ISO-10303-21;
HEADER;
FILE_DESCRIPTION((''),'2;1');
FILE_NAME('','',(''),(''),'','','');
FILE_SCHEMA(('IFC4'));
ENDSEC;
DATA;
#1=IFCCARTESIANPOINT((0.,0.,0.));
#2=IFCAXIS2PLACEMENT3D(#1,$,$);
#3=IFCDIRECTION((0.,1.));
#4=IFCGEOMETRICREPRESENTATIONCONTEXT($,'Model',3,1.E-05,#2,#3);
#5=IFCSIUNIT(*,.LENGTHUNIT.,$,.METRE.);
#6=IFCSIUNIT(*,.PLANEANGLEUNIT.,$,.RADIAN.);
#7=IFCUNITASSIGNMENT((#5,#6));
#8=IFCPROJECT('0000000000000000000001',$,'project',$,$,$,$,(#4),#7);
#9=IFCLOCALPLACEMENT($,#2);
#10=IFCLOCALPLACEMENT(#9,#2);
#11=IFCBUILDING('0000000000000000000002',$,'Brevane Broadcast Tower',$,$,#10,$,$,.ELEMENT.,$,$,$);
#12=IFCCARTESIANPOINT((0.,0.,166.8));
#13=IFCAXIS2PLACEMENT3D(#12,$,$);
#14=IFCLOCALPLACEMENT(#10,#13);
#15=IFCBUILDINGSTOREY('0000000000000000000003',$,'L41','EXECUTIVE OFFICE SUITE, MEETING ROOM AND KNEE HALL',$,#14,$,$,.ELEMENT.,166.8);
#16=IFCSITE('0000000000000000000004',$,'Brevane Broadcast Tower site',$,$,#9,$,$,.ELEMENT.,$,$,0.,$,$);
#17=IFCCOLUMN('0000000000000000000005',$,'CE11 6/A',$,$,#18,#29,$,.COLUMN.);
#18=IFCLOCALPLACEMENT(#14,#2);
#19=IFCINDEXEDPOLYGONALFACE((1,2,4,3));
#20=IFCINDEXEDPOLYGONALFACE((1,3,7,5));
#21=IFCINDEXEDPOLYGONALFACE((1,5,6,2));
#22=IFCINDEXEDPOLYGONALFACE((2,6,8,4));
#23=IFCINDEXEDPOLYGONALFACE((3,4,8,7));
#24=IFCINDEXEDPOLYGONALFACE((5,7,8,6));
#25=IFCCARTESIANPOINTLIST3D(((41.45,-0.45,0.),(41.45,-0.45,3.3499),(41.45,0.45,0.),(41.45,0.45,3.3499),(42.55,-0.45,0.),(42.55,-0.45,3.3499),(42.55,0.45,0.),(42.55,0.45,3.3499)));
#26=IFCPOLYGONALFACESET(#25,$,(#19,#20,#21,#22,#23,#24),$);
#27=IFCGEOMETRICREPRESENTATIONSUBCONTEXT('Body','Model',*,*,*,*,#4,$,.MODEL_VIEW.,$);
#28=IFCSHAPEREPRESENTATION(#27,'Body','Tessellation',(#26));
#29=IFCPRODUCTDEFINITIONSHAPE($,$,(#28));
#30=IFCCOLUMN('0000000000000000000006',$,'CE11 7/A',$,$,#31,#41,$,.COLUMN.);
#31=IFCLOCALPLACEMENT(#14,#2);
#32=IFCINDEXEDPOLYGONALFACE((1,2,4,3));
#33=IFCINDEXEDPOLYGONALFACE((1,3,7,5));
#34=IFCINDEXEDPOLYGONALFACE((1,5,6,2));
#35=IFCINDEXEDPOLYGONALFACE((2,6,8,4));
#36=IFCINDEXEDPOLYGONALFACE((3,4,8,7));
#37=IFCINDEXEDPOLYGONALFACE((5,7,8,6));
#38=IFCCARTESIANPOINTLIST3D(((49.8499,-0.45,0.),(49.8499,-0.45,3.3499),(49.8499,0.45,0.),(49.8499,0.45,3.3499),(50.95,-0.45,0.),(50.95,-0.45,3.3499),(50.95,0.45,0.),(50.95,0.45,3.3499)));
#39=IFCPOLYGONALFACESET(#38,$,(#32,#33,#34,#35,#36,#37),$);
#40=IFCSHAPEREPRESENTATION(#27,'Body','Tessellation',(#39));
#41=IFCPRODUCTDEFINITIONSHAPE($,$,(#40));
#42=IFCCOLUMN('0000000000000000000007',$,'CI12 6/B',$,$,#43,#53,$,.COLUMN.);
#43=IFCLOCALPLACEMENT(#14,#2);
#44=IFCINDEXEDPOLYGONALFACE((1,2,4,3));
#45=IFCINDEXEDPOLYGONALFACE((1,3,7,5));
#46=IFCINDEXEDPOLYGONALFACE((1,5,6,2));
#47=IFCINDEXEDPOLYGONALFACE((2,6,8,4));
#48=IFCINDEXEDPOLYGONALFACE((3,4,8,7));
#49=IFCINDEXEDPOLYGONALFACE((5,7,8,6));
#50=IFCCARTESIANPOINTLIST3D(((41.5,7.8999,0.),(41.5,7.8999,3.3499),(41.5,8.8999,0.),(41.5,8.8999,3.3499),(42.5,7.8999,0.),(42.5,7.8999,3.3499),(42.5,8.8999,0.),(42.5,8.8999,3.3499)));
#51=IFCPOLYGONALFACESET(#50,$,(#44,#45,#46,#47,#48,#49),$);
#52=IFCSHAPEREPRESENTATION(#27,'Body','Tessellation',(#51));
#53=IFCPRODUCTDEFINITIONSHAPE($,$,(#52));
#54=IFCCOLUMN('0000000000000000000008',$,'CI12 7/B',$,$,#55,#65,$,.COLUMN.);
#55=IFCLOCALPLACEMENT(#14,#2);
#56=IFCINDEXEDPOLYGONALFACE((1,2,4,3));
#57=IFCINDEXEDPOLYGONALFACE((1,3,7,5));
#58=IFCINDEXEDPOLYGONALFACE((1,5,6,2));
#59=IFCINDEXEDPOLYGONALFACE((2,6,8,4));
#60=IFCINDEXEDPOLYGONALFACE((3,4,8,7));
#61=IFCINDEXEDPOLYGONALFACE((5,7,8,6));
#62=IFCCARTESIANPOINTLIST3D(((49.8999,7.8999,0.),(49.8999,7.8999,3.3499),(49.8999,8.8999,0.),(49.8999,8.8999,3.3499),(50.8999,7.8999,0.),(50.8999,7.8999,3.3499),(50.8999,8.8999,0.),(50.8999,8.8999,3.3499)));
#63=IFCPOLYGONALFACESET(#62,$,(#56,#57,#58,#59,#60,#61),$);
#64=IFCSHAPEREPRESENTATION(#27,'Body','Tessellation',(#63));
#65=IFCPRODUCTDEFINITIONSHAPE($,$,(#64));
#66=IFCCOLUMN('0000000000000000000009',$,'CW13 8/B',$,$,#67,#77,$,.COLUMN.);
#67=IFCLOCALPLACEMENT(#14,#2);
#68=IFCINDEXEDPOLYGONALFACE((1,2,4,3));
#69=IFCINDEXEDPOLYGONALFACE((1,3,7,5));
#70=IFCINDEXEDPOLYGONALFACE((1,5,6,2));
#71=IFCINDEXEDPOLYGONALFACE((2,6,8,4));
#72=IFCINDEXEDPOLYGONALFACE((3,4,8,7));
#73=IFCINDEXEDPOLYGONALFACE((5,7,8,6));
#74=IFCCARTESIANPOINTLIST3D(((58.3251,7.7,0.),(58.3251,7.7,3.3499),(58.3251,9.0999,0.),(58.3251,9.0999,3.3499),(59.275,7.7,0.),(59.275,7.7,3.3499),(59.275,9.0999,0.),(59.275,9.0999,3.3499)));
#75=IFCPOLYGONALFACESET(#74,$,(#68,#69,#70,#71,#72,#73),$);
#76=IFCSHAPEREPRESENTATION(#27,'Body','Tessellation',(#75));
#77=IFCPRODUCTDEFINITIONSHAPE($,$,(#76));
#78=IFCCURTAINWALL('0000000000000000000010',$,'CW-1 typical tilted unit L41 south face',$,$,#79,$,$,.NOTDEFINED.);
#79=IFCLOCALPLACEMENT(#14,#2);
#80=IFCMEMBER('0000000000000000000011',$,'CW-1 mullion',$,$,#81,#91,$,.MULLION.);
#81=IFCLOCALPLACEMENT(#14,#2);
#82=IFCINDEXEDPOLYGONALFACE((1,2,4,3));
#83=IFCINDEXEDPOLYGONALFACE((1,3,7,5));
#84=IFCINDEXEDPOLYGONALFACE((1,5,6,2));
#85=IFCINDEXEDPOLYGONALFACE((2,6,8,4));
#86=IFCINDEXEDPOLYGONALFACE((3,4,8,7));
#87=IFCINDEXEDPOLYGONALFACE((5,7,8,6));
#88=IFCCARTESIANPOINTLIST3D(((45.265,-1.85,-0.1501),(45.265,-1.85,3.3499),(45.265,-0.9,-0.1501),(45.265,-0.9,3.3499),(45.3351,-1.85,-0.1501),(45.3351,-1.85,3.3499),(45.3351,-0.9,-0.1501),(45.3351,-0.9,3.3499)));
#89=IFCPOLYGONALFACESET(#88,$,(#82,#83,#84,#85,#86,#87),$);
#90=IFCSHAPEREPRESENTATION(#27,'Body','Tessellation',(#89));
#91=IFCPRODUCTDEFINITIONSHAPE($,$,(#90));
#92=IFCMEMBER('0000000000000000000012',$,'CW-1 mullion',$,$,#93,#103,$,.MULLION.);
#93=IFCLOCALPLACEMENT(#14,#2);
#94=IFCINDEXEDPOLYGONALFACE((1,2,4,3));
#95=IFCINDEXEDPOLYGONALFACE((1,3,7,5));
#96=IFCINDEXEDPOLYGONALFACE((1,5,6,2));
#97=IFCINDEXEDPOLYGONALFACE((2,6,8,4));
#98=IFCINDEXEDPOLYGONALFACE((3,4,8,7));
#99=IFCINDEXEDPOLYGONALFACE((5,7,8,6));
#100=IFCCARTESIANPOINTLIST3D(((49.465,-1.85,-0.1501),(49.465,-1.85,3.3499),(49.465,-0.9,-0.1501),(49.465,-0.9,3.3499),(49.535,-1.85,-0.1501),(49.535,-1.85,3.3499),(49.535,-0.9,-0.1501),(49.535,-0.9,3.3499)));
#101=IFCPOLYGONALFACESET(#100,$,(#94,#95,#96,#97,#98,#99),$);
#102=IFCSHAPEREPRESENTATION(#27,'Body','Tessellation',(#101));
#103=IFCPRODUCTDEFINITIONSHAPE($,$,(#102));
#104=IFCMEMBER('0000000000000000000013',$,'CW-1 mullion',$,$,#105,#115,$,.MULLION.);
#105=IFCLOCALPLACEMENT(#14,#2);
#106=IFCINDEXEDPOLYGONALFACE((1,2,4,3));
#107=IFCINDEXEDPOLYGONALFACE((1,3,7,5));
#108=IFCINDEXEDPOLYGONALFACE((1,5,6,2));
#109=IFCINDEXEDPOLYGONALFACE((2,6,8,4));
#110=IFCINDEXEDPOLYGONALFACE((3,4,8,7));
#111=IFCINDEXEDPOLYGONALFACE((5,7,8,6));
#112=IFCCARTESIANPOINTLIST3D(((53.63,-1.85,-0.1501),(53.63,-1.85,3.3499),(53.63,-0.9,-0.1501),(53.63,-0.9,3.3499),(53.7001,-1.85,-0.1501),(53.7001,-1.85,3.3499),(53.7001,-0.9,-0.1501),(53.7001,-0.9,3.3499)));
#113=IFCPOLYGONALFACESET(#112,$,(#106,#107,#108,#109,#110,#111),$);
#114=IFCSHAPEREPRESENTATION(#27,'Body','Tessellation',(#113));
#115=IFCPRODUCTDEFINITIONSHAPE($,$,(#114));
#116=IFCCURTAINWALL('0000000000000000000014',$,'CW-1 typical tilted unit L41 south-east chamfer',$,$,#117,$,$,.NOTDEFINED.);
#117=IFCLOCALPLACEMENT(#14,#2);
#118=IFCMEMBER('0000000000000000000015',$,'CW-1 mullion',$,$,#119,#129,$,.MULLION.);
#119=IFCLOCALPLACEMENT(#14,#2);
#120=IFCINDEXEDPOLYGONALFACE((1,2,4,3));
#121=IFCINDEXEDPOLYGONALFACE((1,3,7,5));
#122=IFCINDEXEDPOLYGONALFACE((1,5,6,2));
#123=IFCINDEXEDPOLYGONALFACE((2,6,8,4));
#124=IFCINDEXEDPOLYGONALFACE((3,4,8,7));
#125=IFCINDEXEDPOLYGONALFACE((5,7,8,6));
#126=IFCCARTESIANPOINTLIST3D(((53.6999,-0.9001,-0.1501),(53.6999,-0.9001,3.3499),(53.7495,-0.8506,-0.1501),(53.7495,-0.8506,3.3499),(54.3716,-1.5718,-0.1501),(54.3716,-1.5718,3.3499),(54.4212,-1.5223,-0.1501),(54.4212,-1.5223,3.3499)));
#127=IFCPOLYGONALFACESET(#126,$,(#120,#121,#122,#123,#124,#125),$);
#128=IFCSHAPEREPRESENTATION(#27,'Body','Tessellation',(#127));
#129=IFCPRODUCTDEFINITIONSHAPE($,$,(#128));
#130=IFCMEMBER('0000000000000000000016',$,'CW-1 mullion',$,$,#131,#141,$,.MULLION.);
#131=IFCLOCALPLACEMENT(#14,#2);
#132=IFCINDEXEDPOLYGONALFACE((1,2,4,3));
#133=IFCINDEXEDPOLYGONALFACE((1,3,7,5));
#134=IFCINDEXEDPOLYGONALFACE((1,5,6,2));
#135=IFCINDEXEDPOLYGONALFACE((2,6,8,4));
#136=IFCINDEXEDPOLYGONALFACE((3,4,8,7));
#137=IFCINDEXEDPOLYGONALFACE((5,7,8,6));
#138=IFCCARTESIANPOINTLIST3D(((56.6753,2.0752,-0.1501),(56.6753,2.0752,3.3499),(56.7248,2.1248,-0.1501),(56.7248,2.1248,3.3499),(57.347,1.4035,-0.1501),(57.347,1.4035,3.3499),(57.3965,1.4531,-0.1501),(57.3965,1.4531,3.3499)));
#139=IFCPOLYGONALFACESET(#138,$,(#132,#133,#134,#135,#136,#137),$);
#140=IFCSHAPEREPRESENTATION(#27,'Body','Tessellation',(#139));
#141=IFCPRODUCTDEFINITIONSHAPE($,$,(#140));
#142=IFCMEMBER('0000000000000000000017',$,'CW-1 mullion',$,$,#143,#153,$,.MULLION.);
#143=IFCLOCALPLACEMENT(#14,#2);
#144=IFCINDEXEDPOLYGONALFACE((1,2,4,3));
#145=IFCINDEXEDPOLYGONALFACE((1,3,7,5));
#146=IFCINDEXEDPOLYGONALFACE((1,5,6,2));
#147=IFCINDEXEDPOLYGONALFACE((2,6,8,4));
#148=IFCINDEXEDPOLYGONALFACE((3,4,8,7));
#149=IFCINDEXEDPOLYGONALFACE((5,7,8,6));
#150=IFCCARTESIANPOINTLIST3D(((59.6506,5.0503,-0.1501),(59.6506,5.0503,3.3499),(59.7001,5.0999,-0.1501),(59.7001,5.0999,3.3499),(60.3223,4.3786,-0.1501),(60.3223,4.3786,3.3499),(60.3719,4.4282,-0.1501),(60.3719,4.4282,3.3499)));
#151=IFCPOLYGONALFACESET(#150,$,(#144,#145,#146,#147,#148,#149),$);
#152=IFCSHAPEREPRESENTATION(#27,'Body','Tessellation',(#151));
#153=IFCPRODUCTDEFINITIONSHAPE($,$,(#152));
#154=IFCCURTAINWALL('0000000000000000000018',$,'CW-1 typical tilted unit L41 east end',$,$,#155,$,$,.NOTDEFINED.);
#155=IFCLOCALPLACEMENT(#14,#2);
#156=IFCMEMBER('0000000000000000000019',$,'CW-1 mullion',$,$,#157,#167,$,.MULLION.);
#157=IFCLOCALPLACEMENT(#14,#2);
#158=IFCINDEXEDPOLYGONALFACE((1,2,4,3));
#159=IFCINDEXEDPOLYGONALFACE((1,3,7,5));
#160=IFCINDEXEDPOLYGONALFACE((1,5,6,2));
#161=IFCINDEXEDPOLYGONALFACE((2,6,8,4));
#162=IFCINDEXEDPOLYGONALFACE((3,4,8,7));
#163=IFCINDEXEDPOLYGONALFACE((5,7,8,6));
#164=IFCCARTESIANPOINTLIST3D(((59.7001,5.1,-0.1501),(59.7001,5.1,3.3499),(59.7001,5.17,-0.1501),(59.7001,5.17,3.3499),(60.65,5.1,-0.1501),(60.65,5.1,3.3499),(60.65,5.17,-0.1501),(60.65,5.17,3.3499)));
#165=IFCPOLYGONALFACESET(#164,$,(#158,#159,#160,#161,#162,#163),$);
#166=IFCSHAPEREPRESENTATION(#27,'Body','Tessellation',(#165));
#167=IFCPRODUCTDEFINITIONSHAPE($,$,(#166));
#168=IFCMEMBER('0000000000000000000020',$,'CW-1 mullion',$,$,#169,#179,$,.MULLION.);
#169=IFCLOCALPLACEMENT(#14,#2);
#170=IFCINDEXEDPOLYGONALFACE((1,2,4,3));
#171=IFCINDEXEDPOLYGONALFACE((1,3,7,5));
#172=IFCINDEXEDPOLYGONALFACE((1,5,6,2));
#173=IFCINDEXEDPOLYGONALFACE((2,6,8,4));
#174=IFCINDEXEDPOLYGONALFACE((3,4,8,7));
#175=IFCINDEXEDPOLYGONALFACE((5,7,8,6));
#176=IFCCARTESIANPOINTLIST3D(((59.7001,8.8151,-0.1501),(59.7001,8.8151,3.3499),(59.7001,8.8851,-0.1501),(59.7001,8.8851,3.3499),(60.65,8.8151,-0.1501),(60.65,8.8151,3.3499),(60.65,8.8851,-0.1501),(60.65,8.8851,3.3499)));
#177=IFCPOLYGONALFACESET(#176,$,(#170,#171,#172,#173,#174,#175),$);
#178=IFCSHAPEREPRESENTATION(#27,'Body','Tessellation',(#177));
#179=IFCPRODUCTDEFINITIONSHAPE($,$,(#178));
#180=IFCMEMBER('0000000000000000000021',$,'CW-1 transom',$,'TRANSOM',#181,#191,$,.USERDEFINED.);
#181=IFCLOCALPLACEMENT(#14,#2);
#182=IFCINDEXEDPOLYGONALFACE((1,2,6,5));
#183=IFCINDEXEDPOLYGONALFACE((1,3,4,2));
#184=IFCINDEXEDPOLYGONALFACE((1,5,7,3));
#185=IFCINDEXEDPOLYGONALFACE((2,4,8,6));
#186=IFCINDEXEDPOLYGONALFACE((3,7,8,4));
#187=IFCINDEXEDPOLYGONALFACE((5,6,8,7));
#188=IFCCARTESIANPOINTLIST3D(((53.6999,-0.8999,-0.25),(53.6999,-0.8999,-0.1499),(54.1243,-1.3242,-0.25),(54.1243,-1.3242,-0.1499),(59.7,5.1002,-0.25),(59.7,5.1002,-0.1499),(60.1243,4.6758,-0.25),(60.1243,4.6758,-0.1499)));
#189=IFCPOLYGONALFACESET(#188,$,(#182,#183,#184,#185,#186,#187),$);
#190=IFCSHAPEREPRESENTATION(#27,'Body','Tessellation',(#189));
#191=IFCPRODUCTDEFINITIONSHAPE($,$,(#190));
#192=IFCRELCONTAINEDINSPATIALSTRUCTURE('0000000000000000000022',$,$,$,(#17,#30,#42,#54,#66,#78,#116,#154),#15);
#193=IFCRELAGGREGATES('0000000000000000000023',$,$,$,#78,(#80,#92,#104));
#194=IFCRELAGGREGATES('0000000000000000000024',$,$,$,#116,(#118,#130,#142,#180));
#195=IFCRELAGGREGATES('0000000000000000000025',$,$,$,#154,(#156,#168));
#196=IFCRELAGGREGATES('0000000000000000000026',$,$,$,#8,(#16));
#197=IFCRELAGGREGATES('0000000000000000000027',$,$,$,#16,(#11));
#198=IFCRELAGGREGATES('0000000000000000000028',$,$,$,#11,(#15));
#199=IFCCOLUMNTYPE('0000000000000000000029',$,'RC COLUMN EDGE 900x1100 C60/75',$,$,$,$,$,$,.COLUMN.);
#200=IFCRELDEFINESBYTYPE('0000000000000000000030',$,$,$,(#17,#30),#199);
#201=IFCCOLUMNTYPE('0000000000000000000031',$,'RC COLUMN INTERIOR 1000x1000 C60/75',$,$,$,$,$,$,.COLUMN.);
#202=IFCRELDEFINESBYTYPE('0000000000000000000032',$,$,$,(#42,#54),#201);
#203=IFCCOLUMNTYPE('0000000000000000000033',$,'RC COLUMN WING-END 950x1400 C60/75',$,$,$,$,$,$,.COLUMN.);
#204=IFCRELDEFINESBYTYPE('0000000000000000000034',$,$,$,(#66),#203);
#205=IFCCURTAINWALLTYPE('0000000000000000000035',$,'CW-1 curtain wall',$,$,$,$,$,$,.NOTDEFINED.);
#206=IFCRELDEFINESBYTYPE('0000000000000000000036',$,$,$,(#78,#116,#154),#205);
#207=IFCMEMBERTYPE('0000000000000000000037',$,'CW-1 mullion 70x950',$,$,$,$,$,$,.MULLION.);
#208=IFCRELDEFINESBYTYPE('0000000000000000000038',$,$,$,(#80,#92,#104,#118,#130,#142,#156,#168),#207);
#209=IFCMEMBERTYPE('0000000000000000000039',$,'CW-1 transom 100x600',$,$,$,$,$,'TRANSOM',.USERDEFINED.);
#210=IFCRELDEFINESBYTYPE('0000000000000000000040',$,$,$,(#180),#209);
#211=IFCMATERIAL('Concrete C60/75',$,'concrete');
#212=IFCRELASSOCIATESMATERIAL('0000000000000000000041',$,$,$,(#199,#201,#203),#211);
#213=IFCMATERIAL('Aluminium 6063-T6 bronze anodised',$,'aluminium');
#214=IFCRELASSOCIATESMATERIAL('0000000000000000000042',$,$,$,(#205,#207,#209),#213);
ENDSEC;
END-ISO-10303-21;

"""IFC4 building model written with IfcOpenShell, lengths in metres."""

from ifc_helpers import new_model, si_unit, direction, frame, origin, origin_2d, place, context, subcontext, project, spatial, rectangle, extrude, material, material_profile, profile_set, type_object, element, aggregate, save


model = new_model("IFC4")

# Units and contexts
model_context = context("Model", 3, precision=1e-05, world=origin(), true_north=direction((0.0, 1.0)))
body_context = subcontext(model_context, "Body", "Model", "MODEL_VIEW")
ifc_project = project(units=[si_unit("LENGTHUNIT", "METRE"), si_unit("PLANEANGLEUNIT", "RADIAN")], contexts=[model_context])

# Site, building, storey
site_placement = place(None, origin())
site = spatial("IfcSite", under=ifc_project, at=site_placement, Name="Brevane Broadcast Tower site", CompositionType="ELEMENT", RefElevation=0.0)
building_placement = place(site_placement, origin())
building = spatial("IfcBuilding", under=site, at=building_placement, Name="Brevane Broadcast Tower", CompositionType="ELEMENT")
storey_placement = place(building_placement, frame((0.0, 0.0, 166.8)))
storey = spatial("IfcBuildingStorey", under=building, at=storey_placement, Name="L41", Description="EXECUTIVE OFFICE SUITE, MEETING ROOM AND KNEE HALL", CompositionType="ELEMENT", Elevation=166.8)

# Columns
ifc_material_1 = material(Name="Concrete C60/75", Category="concrete")
ifc_material_profile_1 = material_profile(ifc_material_1, rectangle(XDim=0.8999, YDim=1.1001, at=origin_2d()), Name="RC 900x1100")
ifc_profile_set_1 = profile_set([ifc_material_profile_1], Name="Concrete C60/75")
column_type_1 = type_object("IfcColumnType", Name="RC COLUMN EDGE 900x1100 C60/75", PredefinedType="COLUMN", material=ifc_profile_set_1)
for number, where, z_axis, x_axis, name in (
    (1, (42.0, 0.0, 0.0), (0.0, 0.0, 1.0), (0.0, 1.0, 0.0), "CE11 6/A"),
    (2, (50.3999, 0.0, 0.0), (0.0, 0.0, 1.0), (0.0, 1.0, 0.0), "CE11 7/A"),
):
    element("IfcColumn", number, at=place(storey_placement, frame(where, z_axis=z_axis, x_axis=x_axis)), inside=storey, type_object=column_type_1, Name=name, PredefinedType="COLUMN", context=body_context, shape_type="SweptSolid", body=[
        extrude(rectangle(XDim=0.8999, YDim=1.1001, at=origin_2d()), origin(), (0.0, 0.0, 1.0), 3.3499),
    ])
ifc_material_profile_2 = material_profile(ifc_material_1, rectangle(XDim=1.0, YDim=1.0, at=origin_2d()), Name="RC 1000x1000")
ifc_profile_set_2 = profile_set([ifc_material_profile_2], Name="Concrete C60/75")
column_type_2 = type_object("IfcColumnType", Name="RC COLUMN INTERIOR 1000x1000 C60/75", PredefinedType="COLUMN", material=ifc_profile_set_2)
for number, where, z_axis, x_axis, name in (
    (3, (42.0, 8.3999, 0.0), (0.0, 0.0, 1.0), (1.0, 0.0, 0.0), "CI12 6/B"),
    (4, (50.3999, 8.3999, 0.0), (0.0, 0.0, 1.0), (1.0, 0.0, 0.0), "CI12 7/B"),
):
    element("IfcColumn", number, at=place(storey_placement, frame(where, z_axis=z_axis, x_axis=x_axis)), inside=storey, type_object=column_type_2, Name=name, PredefinedType="COLUMN", context=body_context, shape_type="SweptSolid", body=[
        extrude(rectangle(XDim=1.0, YDim=1.0, at=origin_2d()), origin(), (0.0, 0.0, 1.0), 3.3499),
    ])
ifc_material_profile_3 = material_profile(ifc_material_1, rectangle(XDim=0.95, YDim=1.3999, at=origin_2d()), Name="RC 950x1400")
ifc_profile_set_3 = profile_set([ifc_material_profile_3], Name="Concrete C60/75")
column_type_3 = type_object("IfcColumnType", Name="RC COLUMN WING-END 950x1400 C60/75", PredefinedType="COLUMN", material=ifc_profile_set_3)
column_placement = place(storey_placement, frame((58.8, 8.3999, 0.0), z_axis=(0.0, 0.0, 1.0), x_axis=(1.0, 0.0, 0.0)))
element("IfcColumn", 5, at=column_placement, inside=storey, type_object=column_type_3, Name="CW13 8/B", PredefinedType="COLUMN", context=body_context, shape_type="SweptSolid", body=[
    extrude(rectangle(XDim=0.95, YDim=1.3999, at=origin_2d()), origin(), (0.0, 0.0, 1.0), 3.3499),
])

# Curtain walls, members
ifc_material_2 = material(Name="Aluminium 6063-T6 bronze anodised", Category="aluminium")
curtain_wall_type = type_object("IfcCurtainWallType", Name="CW-1 curtain wall", PredefinedType="NOTDEFINED", material=ifc_material_2)
curtain_wall_1_placement = place(storey_placement, origin())
curtain_wall_1 = element("IfcCurtainWall", 6, at=curtain_wall_1_placement, inside=storey, type_object=curtain_wall_type, Name="CW-1 typical tilted unit L41 south face", PredefinedType="NOTDEFINED")
ifc_material_profile_4 = material_profile(ifc_material_2, rectangle(XDim=0.95, YDim=0.0701, at=origin_2d()), Name="RECT 70x950")
ifc_profile_set_4 = profile_set([ifc_material_profile_4], Name="Aluminium 6063-T6 bronze anodised")
member_type_1 = type_object("IfcMemberType", Name="CW-1 mullion 70x950", PredefinedType="MULLION", material=ifc_profile_set_4)
member_1_placement = place(storey_placement, frame((45.3, -1.375, -0.1501), z_axis=(0.0, 0.0, 1.0), x_axis=(0.0, 1.0, 0.0)))
member_1 = element("IfcMember", 7, at=member_1_placement, type_object=member_type_1, Name="CW-1 mullion", PredefinedType="MULLION", context=body_context, shape_type="SweptSolid", body=[
    extrude(rectangle(XDim=0.95, YDim=0.0701, at=origin_2d()), origin(), (0.0, 0.0, 1.0), 3.5),
])
member_2_placement = place(storey_placement, frame((49.5, -1.375, -0.1501), z_axis=(0.0, 0.0, 1.0), x_axis=(0.0, 1.0, 0.0)))
member_2 = element("IfcMember", 8, at=member_2_placement, type_object=member_type_1, Name="CW-1 mullion", PredefinedType="MULLION", context=body_context, shape_type="SweptSolid", body=[
    extrude(rectangle(XDim=0.95, YDim=0.0701, at=origin_2d()), origin(), (0.0, 0.0, 1.0), 3.5),
])
member_3_placement = place(storey_placement, frame((53.665, -1.375, -0.1501), z_axis=(0.0, 0.0, 1.0), x_axis=(0.0, 1.0, 0.0)))
member_3 = element("IfcMember", 9, at=member_3_placement, type_object=member_type_1, Name="CW-1 mullion", PredefinedType="MULLION", context=body_context, shape_type="SweptSolid", body=[
    extrude(rectangle(XDim=0.95, YDim=0.0701, at=origin_2d()), origin(), (0.0, 0.0, 1.0), 3.5),
])
aggregate(curtain_wall_1, [member_1, member_2, member_3])
curtain_wall_2_placement = place(storey_placement, origin())
curtain_wall_2 = element("IfcCurtainWall", 10, at=curtain_wall_2_placement, inside=storey, type_object=curtain_wall_type, Name="CW-1 typical tilted unit L41 south-east chamfer", PredefinedType="NOTDEFINED")
member_4_placement = place(storey_placement, frame((54.0605, -1.2112, -0.1501), z_axis=(0.0, 0.0, 1.0), x_axis=(-0.707107, 0.707107, 0.0)))
member_4 = element("IfcMember", 11, at=member_4_placement, type_object=member_type_1, Name="CW-1 mullion", PredefinedType="MULLION", context=body_context, shape_type="SweptSolid", body=[
    extrude(rectangle(XDim=0.95, YDim=0.0701, at=origin_2d()), origin(), (0.0, 0.0, 1.0), 3.5),
])
member_5_placement = place(storey_placement, frame((57.0359, 1.7642, -0.1501), z_axis=(0.0, 0.0, 1.0), x_axis=(-0.707107, 0.707107, 0.0)))
member_5 = element("IfcMember", 12, at=member_5_placement, type_object=member_type_1, Name="CW-1 mullion", PredefinedType="MULLION", context=body_context, shape_type="SweptSolid", body=[
    extrude(rectangle(XDim=0.95, YDim=0.0701, at=origin_2d()), origin(), (0.0, 0.0, 1.0), 3.5),
])
member_6_placement = place(storey_placement, frame((60.0112, 4.7393, -0.1501), z_axis=(0.0, 0.0, 1.0), x_axis=(-0.707107, 0.707107, 0.0)))
member_6 = element("IfcMember", 13, at=member_6_placement, type_object=member_type_1, Name="CW-1 mullion", PredefinedType="MULLION", context=body_context, shape_type="SweptSolid", body=[
    extrude(rectangle(XDim=0.95, YDim=0.0701, at=origin_2d()), origin(), (0.0, 0.0, 1.0), 3.5),
])
curtain_wall_3_placement = place(storey_placement, origin())
curtain_wall_3 = element("IfcCurtainWall", 14, at=curtain_wall_3_placement, inside=storey, type_object=curtain_wall_type, Name="CW-1 typical tilted unit L41 east end", PredefinedType="NOTDEFINED")
member_7_placement = place(storey_placement, frame((60.175, 5.135, -0.1501), z_axis=(0.0, 0.0, 1.0), x_axis=(-1.0, 0.0, 0.0)))
member_7 = element("IfcMember", 15, at=member_7_placement, type_object=member_type_1, Name="CW-1 mullion", PredefinedType="MULLION", context=body_context, shape_type="SweptSolid", body=[
    extrude(rectangle(XDim=0.95, YDim=0.0701, at=origin_2d()), origin(), (0.0, 0.0, 1.0), 3.5),
])
member_8_placement = place(storey_placement, frame((60.175, 8.8501, -0.1501), z_axis=(0.0, 0.0, 1.0), x_axis=(-1.0, 0.0, 0.0)))
member_8 = element("IfcMember", 16, at=member_8_placement, type_object=member_type_1, Name="CW-1 mullion", PredefinedType="MULLION", context=body_context, shape_type="SweptSolid", body=[
    extrude(rectangle(XDim=0.95, YDim=0.0701, at=origin_2d()), origin(), (0.0, 0.0, 1.0), 3.5),
])

# Member
ifc_material_profile_5 = material_profile(ifc_material_2, rectangle(XDim=0.6001, YDim=0.1001, at=origin_2d()), Name="RECT 100x600")
ifc_profile_set_5 = profile_set([ifc_material_profile_5], Name="Aluminium 6063-T6 bronze anodised")
member_type_2 = type_object("IfcMemberType", Name="CW-1 transom 100x600", ElementType="TRANSOM", PredefinedType="USERDEFINED", material=ifc_profile_set_5)
member_9_placement = place(storey_placement, frame((53.9121, -1.1121, -0.2), z_axis=(0.707107, 0.707107, 0.0), x_axis=(-0.707107, 0.707107, 0.0)))
member_9 = element("IfcMember", 17, at=member_9_placement, type_object=member_type_2, Name="CW-1 transom", ObjectType="TRANSOM", PredefinedType="USERDEFINED", context=body_context, shape_type="SweptSolid", body=[
    extrude(rectangle(XDim=0.6001, YDim=0.1001, at=origin_2d()), origin(), (0.0, 0.0, 1.0), 8.4854),
])
aggregate(curtain_wall_2, [member_4, member_5, member_6, member_9])
aggregate(curtain_wall_3, [member_7, member_8])

save(model, "model.ifc")
